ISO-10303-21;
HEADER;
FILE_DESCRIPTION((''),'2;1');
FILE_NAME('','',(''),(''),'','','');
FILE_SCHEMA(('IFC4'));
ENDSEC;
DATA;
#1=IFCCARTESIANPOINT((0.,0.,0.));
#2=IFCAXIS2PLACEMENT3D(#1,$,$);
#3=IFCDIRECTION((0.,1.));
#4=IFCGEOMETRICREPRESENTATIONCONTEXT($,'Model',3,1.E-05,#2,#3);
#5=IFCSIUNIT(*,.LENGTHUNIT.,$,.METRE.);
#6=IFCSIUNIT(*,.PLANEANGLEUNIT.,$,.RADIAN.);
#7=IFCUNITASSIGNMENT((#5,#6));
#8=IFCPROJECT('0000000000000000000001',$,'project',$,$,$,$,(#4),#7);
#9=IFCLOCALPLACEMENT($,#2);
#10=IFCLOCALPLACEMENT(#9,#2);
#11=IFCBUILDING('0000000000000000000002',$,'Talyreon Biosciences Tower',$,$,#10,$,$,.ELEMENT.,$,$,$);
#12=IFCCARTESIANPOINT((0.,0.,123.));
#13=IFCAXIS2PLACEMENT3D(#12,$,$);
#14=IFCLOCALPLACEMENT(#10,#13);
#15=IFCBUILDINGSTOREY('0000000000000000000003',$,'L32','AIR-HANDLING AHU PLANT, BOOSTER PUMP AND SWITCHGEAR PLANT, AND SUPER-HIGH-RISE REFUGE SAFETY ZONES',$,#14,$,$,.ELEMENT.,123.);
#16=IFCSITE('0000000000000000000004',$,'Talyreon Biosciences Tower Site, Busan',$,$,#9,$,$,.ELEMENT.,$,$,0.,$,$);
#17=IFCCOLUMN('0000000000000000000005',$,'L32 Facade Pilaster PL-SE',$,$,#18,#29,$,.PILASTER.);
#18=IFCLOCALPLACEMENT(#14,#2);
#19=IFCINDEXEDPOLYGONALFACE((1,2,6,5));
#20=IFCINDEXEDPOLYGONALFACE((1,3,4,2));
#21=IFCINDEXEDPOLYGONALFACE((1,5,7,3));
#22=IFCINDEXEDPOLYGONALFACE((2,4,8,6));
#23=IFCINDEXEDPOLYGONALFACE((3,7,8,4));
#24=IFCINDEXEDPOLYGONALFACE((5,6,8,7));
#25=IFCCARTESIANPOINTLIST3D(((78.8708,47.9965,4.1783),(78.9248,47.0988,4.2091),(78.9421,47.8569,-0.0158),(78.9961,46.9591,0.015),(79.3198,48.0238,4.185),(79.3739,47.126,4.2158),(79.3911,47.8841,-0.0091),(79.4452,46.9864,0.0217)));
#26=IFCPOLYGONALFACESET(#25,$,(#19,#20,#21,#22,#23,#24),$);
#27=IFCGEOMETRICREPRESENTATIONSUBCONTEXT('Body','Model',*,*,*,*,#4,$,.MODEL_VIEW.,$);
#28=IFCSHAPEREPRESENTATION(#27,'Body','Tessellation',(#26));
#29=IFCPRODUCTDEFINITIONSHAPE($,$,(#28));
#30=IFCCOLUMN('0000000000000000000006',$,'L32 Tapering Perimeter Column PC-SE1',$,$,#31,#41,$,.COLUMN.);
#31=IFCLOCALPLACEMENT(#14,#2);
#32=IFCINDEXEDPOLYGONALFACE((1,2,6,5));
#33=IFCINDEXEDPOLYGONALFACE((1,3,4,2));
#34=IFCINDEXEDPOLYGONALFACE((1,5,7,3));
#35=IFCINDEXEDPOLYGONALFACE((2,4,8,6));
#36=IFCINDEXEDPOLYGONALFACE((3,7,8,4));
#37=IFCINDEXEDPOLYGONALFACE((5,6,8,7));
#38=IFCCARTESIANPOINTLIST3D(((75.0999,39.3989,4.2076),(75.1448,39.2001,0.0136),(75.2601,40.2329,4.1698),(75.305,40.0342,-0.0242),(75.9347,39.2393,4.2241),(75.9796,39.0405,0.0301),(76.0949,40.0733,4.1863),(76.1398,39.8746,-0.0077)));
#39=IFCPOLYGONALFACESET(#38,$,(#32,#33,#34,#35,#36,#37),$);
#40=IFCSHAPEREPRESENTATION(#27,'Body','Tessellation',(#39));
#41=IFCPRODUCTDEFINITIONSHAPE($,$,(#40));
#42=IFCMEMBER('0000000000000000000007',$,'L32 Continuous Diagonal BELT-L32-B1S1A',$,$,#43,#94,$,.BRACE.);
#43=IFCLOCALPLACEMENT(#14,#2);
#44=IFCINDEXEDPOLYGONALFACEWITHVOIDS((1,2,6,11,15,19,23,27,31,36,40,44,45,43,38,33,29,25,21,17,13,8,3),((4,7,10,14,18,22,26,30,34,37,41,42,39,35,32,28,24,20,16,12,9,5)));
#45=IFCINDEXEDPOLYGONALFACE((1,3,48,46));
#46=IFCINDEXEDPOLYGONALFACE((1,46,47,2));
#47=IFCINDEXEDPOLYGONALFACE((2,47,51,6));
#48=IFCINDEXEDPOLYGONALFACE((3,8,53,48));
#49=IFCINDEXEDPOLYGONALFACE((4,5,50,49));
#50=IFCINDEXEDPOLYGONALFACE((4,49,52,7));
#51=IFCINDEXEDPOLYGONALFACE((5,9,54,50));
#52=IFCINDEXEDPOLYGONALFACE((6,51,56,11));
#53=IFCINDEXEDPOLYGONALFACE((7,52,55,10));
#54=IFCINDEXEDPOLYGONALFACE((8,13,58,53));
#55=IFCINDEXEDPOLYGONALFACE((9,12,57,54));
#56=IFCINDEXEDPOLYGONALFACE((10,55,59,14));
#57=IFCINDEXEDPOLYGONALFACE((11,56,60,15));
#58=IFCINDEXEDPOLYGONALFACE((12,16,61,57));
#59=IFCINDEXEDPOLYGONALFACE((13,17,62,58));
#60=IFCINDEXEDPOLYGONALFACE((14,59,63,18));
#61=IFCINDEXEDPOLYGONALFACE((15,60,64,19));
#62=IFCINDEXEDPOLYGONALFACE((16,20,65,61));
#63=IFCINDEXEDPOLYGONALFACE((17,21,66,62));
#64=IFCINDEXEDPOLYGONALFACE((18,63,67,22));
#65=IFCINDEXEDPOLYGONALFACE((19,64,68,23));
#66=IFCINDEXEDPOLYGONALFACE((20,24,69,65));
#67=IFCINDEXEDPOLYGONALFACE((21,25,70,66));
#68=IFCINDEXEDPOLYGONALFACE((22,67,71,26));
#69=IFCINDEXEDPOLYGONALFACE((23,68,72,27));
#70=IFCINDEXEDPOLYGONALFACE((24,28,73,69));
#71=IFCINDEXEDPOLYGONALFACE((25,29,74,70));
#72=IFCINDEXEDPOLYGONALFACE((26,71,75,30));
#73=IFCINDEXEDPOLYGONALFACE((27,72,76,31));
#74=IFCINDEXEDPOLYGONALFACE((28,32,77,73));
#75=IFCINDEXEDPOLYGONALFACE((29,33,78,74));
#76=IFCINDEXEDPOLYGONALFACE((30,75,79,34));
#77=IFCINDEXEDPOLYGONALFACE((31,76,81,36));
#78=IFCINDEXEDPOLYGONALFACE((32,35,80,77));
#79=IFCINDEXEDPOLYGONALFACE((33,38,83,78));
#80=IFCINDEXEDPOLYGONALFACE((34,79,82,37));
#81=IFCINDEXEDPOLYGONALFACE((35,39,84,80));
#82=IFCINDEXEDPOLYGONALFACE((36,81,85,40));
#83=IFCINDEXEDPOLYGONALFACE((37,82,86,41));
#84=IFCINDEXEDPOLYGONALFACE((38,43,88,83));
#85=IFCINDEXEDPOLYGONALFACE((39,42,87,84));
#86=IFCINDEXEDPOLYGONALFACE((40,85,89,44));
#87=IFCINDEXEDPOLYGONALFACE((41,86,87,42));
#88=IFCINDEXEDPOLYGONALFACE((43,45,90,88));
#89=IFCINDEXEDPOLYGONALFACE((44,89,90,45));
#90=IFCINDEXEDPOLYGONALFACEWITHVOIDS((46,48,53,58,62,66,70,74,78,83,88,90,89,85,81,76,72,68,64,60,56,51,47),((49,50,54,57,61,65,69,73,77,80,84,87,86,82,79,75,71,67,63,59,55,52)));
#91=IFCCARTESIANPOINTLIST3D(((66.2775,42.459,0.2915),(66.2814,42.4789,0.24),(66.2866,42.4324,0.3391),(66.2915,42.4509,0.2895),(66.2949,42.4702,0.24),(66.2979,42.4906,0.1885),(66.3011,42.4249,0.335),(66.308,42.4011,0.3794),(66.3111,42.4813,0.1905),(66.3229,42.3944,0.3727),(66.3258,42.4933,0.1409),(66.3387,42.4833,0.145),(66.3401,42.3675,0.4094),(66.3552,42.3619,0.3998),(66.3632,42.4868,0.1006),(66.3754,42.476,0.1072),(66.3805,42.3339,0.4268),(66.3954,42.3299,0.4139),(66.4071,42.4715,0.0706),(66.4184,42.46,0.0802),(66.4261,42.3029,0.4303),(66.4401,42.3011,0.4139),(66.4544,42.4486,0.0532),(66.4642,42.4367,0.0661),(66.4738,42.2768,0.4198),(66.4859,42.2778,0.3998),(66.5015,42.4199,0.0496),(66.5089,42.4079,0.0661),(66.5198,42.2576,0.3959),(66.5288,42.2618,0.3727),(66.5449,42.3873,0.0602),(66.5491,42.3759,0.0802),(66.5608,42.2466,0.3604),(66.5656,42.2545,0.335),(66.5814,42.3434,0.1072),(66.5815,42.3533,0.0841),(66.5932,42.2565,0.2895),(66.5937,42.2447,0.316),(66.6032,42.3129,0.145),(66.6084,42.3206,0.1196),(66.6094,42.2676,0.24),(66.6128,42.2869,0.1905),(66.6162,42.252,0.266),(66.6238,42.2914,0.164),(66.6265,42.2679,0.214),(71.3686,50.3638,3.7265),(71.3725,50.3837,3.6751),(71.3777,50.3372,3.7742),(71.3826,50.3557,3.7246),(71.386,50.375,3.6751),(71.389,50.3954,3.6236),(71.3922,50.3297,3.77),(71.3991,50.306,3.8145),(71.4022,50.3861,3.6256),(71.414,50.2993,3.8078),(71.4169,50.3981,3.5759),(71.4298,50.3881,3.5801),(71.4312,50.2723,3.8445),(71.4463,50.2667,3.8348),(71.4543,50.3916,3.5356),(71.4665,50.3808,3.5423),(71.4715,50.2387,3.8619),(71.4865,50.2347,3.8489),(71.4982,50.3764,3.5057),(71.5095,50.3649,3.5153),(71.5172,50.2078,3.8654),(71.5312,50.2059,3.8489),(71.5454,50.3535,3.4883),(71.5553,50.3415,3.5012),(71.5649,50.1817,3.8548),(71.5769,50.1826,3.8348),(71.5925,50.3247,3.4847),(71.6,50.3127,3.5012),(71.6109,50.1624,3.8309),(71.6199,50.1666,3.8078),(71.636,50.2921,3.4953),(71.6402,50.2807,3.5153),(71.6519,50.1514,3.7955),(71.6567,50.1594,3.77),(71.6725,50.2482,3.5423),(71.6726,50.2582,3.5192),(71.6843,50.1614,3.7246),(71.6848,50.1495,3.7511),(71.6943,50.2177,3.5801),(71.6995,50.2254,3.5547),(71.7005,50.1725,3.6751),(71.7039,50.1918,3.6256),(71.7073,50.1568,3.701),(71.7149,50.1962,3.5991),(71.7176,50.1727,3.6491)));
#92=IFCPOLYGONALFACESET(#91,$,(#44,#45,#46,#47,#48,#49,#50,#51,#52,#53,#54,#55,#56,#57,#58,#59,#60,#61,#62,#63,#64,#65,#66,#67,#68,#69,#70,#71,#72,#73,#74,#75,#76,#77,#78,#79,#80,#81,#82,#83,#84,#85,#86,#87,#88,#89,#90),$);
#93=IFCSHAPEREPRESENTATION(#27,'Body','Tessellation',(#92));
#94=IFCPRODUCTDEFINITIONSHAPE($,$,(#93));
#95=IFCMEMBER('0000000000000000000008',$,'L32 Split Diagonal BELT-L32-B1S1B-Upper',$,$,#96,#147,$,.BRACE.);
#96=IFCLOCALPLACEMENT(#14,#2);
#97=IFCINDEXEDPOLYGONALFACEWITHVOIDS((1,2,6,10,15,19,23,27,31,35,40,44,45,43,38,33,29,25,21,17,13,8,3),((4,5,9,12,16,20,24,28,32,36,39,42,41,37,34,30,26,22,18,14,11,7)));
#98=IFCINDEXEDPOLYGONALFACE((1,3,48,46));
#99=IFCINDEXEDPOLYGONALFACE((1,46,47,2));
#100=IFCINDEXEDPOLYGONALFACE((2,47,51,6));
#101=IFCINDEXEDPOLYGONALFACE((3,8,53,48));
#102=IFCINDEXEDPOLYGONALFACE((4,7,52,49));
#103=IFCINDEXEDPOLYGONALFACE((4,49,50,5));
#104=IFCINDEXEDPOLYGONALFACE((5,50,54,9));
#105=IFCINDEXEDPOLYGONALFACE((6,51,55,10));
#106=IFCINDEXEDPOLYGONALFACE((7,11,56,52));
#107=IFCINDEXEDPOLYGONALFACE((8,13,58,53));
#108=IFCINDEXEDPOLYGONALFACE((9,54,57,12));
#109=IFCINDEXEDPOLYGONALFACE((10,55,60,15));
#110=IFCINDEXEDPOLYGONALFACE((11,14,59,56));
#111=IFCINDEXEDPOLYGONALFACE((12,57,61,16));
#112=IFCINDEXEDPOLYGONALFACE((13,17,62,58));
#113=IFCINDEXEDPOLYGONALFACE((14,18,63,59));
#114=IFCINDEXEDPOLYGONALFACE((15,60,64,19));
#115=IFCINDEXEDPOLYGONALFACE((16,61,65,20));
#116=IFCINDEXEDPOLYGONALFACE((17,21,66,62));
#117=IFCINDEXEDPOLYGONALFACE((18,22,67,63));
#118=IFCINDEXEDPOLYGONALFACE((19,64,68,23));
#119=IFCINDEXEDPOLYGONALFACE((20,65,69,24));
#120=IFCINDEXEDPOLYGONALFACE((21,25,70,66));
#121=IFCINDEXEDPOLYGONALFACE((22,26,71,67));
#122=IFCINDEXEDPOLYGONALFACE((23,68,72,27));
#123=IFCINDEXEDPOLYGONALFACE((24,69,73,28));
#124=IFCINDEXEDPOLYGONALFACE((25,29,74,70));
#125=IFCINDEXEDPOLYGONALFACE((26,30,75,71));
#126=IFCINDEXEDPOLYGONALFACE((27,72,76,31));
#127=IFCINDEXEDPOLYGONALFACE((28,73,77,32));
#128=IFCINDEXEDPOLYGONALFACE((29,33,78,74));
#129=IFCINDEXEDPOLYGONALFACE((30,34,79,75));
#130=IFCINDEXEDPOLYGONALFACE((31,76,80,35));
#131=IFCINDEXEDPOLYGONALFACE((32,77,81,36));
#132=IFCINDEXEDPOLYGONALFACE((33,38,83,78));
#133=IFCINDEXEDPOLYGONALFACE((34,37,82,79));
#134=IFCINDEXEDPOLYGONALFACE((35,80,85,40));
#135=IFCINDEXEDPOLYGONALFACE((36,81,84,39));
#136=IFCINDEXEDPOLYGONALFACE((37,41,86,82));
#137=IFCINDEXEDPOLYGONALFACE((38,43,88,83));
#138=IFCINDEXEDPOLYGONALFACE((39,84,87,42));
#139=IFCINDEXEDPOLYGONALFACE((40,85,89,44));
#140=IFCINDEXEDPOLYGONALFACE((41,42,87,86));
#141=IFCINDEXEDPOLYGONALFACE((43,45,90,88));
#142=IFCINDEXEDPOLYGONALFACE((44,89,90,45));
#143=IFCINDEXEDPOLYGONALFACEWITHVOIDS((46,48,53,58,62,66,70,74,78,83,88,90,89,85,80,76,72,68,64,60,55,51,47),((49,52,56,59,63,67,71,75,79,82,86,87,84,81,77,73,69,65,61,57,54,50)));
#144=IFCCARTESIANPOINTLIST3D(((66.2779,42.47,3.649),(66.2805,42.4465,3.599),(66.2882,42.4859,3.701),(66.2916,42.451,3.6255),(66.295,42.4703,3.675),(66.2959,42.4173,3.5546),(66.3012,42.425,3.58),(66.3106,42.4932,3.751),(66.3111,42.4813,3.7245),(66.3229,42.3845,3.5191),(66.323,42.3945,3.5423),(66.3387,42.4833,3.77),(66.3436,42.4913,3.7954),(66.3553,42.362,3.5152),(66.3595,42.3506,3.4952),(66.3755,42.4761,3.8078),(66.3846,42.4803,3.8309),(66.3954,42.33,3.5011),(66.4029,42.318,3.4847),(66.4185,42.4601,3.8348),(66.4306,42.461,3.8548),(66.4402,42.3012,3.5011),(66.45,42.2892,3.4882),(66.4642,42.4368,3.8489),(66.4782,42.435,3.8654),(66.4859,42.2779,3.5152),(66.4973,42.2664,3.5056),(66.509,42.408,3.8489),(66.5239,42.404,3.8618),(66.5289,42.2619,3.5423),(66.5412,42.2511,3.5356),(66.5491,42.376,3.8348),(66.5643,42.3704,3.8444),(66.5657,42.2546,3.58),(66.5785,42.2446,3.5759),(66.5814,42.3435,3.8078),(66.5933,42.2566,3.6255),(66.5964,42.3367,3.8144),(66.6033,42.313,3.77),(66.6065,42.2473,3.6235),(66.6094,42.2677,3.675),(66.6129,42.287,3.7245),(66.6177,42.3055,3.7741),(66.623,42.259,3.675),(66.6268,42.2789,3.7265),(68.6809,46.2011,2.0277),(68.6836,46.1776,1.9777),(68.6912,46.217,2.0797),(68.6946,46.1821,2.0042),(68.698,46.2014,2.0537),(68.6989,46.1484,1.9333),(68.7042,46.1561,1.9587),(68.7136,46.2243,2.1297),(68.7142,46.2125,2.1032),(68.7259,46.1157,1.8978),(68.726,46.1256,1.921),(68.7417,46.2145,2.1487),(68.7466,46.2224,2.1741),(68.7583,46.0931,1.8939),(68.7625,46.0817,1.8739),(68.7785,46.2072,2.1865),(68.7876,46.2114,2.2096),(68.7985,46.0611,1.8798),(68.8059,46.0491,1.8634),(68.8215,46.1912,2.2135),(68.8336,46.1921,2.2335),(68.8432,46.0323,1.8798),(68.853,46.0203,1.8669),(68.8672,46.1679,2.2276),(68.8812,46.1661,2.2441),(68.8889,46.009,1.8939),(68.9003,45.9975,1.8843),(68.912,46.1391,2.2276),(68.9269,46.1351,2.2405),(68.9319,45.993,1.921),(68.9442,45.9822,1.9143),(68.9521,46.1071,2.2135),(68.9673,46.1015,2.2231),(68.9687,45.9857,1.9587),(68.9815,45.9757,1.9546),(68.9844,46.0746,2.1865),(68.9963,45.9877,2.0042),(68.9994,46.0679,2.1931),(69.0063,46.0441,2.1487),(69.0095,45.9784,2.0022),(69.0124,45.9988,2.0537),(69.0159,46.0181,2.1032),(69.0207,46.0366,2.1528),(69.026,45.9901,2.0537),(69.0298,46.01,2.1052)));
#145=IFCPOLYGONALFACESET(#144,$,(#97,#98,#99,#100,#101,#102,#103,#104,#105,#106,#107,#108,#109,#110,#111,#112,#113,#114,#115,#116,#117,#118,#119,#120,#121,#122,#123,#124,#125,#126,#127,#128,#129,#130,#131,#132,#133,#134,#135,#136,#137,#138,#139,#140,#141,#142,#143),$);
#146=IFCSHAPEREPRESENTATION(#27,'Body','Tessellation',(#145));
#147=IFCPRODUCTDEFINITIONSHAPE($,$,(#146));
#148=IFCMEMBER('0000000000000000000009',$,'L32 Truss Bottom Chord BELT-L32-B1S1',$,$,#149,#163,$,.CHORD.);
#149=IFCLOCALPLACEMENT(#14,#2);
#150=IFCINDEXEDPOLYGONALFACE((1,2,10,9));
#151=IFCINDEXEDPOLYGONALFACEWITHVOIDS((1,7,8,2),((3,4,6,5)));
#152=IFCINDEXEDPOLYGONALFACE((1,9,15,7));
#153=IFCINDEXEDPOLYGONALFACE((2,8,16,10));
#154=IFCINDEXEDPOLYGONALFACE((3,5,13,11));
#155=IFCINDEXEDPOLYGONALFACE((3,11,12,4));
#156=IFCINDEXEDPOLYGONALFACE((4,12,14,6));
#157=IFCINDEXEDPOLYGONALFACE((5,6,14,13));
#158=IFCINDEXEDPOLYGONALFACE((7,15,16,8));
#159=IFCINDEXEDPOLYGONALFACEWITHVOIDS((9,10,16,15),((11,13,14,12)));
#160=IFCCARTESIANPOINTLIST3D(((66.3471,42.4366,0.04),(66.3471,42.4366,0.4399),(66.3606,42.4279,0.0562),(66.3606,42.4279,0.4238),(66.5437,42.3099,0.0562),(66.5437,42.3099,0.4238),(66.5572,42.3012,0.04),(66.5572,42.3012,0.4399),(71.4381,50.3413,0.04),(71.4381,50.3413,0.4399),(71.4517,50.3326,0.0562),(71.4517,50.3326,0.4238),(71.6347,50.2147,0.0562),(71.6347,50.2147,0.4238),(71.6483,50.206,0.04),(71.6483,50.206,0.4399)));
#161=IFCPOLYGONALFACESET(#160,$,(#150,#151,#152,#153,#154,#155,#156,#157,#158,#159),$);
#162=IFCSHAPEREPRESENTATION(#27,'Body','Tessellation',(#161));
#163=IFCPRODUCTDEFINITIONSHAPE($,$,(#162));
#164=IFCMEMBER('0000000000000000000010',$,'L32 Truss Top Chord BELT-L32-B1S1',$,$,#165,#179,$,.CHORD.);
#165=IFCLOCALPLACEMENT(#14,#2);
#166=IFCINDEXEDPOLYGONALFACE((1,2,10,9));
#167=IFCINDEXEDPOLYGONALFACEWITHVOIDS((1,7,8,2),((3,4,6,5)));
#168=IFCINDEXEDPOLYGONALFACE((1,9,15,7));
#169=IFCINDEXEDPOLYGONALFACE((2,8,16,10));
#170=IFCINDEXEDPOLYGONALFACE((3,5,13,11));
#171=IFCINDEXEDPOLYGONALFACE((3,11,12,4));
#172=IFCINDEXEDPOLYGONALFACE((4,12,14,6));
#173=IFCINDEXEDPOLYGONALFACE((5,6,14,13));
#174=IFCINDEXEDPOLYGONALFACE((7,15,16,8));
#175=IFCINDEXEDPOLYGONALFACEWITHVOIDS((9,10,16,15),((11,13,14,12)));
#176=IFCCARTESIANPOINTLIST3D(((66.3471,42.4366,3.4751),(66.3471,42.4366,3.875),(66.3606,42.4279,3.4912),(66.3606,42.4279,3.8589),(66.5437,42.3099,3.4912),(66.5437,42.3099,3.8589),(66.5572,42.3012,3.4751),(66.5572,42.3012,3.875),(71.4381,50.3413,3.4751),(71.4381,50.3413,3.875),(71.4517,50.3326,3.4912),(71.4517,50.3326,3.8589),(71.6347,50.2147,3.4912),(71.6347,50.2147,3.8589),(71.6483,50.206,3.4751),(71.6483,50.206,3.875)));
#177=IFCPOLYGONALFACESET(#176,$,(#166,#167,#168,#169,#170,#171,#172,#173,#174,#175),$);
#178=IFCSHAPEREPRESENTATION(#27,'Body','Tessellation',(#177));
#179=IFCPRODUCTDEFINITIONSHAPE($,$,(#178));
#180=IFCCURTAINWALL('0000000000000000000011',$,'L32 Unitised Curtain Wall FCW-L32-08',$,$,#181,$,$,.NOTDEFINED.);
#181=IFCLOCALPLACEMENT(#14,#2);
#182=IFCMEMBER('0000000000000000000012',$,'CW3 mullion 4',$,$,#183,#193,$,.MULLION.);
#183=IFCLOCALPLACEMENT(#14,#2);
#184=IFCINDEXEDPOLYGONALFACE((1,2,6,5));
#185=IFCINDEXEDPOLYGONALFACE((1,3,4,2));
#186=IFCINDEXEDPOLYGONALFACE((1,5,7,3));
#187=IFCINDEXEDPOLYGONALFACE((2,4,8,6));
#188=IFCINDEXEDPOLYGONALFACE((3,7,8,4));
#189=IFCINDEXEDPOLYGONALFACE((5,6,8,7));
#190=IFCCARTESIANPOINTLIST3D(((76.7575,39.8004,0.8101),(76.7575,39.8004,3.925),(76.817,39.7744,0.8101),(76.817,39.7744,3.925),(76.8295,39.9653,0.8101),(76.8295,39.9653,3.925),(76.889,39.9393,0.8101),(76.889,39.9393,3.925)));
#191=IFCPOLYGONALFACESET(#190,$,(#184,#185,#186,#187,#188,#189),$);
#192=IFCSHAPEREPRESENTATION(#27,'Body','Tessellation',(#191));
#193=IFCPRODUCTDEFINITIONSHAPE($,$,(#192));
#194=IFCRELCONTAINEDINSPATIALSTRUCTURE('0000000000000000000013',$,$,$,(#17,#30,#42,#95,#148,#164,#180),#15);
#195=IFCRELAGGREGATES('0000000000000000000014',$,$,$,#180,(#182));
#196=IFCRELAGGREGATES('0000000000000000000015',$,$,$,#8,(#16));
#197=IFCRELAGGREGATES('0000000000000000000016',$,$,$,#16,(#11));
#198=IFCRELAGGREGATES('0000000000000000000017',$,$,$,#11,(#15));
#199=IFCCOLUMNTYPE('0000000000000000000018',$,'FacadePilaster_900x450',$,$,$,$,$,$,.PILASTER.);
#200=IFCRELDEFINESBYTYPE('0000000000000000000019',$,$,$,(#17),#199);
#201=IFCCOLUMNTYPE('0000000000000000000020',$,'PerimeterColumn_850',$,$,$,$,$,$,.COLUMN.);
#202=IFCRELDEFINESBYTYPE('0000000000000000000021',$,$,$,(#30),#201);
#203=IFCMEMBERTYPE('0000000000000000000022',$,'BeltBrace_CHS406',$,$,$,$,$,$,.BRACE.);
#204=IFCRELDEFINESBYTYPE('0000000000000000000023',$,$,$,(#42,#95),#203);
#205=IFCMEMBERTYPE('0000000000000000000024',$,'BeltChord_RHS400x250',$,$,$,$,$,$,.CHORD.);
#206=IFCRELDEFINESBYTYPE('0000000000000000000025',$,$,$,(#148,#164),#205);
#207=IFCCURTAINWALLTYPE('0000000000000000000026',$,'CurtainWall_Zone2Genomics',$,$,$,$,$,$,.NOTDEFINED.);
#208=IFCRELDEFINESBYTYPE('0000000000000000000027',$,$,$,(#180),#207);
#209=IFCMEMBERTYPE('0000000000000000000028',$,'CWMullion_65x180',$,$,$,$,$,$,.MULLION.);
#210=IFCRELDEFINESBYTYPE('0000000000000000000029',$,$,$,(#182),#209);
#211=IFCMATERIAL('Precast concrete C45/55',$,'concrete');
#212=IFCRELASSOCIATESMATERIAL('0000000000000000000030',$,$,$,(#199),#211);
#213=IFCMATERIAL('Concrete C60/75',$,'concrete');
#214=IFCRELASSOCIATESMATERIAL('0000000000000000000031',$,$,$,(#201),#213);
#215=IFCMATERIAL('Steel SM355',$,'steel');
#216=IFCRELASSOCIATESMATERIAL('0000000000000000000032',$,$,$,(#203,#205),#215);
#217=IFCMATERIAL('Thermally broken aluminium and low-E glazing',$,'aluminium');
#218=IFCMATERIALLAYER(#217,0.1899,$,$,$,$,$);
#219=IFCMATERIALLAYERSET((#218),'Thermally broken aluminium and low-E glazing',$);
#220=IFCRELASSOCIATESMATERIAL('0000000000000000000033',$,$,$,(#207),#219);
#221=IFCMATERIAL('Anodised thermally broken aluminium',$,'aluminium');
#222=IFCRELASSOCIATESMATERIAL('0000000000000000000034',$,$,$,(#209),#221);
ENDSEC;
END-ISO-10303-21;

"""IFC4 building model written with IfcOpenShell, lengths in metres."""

from ifc_helpers import new_model, si_unit, direction, frame, origin, origin_2d, place, context, subcontext, project, spatial, rectangle, hollow_rectangle, hollow_circle, extrude, material, layer, layer_set, material_profile, profile_set, type_object, element, aggregate, save


model = new_model("IFC4")

# Units and contexts
model_context = context("Model", 3, precision=1e-05, world=origin(), true_north=direction((0.0, 1.0)))
body_context = subcontext(model_context, "Body", "Model", "MODEL_VIEW")
ifc_project = project(units=[si_unit("LENGTHUNIT", "METRE"), si_unit("PLANEANGLEUNIT", "RADIAN")], contexts=[model_context])

# Site, building, storey
site_placement = place(None, origin())
site = spatial("IfcSite", under=ifc_project, at=site_placement, Name="Talyreon Biosciences Tower Site, Busan", CompositionType="ELEMENT", RefElevation=0.0)
building_placement = place(site_placement, origin())
building = spatial("IfcBuilding", under=site, at=building_placement, Name="Talyreon Biosciences Tower", CompositionType="ELEMENT")
storey_placement = place(building_placement, frame((0.0, 0.0, 123.0)))
storey = spatial("IfcBuildingStorey", under=building, at=storey_placement, Name="L32", Description="AIR-HANDLING AHU PLANT, BOOSTER PUMP AND SWITCHGEAR PLANT, AND SUPER-HIGH-RISE REFUGE SAFETY ZONES", CompositionType="ELEMENT", Elevation=123.0)

# Columns
ifc_material_1 = material(Name="Precast concrete C45/55", Category="concrete")
ifc_material_profile_1 = material_profile(ifc_material_1, rectangle(XDim=0.8999, YDim=0.45, at=origin_2d()), Name="RC 900x450")
ifc_profile_set_1 = profile_set([ifc_material_profile_1], Name="Precast concrete C45/55")
column_type_1 = type_object("IfcColumnType", Name="FacadePilaster_900x450", PredefinedType="PILASTER", material=ifc_profile_set_1)
column_1_placement = place(storey_placement, frame((79.1936, 47.4216, 0.0029), z_axis=(-0.016986, 0.033273, 0.999302), x_axis=(0.060041, -0.997609, 0.034237)))
element("IfcColumn", 1, at=column_1_placement, inside=storey, type_object=column_type_1, Name="L32 Facade Pilaster PL-SE", PredefinedType="PILASTER", context=body_context, shape_type="SweptSolid", body=[
    extrude(rectangle(XDim=0.8999, YDim=0.45, at=origin_2d()), origin(), (0.0, 0.0, 1.0), 4.197),
])
ifc_material_2 = material(Name="Concrete C60/75", Category="concrete")
ifc_material_profile_2 = material_profile(ifc_material_2, rectangle(XDim=0.8501, YDim=0.8501, at=origin_2d()), Name="RC 850x850")
ifc_profile_set_2 = profile_set([ifc_material_profile_2], Name="Concrete C60/75")
column_type_2 = type_object("IfcColumnType", Name="PerimeterColumn_850", PredefinedType="COLUMN", material=ifc_profile_set_2)
column_2_placement = place(storey_placement, frame((75.6423, 39.5374, 0.0029), z_axis=(-0.010698, 0.047328, 0.998822), x_axis=(-0.188437, -0.981078, 0.044469)))
element("IfcColumn", 2, at=column_2_placement, inside=storey, type_object=column_type_2, Name="L32 Tapering Perimeter Column PC-SE1", PredefinedType="COLUMN", context=body_context, shape_type="SweptSolid", body=[
    extrude(rectangle(XDim=0.8501, YDim=0.8501, at=origin_2d()), origin(), (0.0, 0.0, 1.0), 4.199),
])

# Members
ifc_material_3 = material(Name="Steel SM355", Category="steel")
ifc_material_profile_3 = material_profile(ifc_material_3, hollow_circle(Radius=0.2031, WallThickness=0.0161, at=origin_2d()), Name="CHS 406.4x16")
ifc_profile_set_3 = profile_set([ifc_material_profile_3], Name="Steel SM355")
member_type_1 = type_object("IfcMemberType", Name="BeltBrace_CHS406", PredefinedType="BRACE", material=ifc_profile_set_3)
member_1_placement = place(storey_placement, frame((66.4521, 42.3689, 0.24), z_axis=(0.508587, 0.789673, 0.343156), x_axis=(-0.840723, 0.541466, 0.0)))
element("IfcMember", 3, at=member_1_placement, inside=storey, type_object=member_type_1, Name="L32 Continuous Diagonal BELT-L32-B1S1A", PredefinedType="BRACE", context=body_context, shape_type="SweptSolid", body=[
    extrude(hollow_circle(Radius=0.2031, WallThickness=0.0161, at=origin_2d()), origin(), (0.0, 0.0, 1.0), 10.0103),
])
member_2_placement = place(storey_placement, frame((68.8552, 46.1001, 2.0537), z_axis=(-0.50859, -0.789677, 0.343142), x_axis=(0.840722, -0.541466, 0.0)))
element("IfcMember", 4, at=member_2_placement, inside=storey, type_object=member_type_1, Name="L32 Split Diagonal BELT-L32-B1S1B-Upper", PredefinedType="BRACE", context=body_context, shape_type="SweptSolid", body=[
    extrude(hollow_circle(Radius=0.2031, WallThickness=0.0161, at=origin_2d()), origin(), (0.0, 0.0, 1.0), 4.7249),
])
ifc_material_profile_4 = material_profile(ifc_material_3, hollow_rectangle(XDim=0.25, YDim=0.3999, WallThickness=0.0161, at=origin_2d()), Name="RHS 400x250x16")
ifc_profile_set_4 = profile_set([ifc_material_profile_4], Name="Steel SM355")
member_type_2 = type_object("IfcMemberType", Name="BeltChord_RHS400x250", PredefinedType="CHORD", material=ifc_profile_set_4)
for number, where, z_axis, x_axis, name in (
    (5, (66.4521, 42.3689, 0.24), (0.541466, 0.840723, 0.0), (-0.840723, 0.541466, 0.0), "L32 Truss Bottom Chord BELT-L32-B1S1"),
    (6, (66.4521, 42.3689, 3.675), (0.541466, 0.840723, 0.0), (-0.840723, 0.541466, 0.0), "L32 Truss Top Chord BELT-L32-B1S1"),
):
    element("IfcMember", number, at=place(storey_placement, frame(where, z_axis=z_axis, x_axis=x_axis)), inside=storey, type_object=member_type_2, Name=name, PredefinedType="CHORD", context=body_context, shape_type="SweptSolid", body=[
        extrude(hollow_rectangle(XDim=0.25, YDim=0.3999, WallThickness=0.0161, at=origin_2d()), origin(), (0.0, 0.0, 1.0), 9.4023),
    ])

# Curtain wall, member
ifc_material_4 = material(Name="Thermally broken aluminium and low-E glazing", Category="aluminium")
ifc_layer_1 = layer(ifc_material_4, 0.1899)
ifc_layer_set_1 = layer_set([ifc_layer_1], Name="Thermally broken aluminium and low-E glazing")
curtain_wall_type = type_object("IfcCurtainWallType", Name="CurtainWall_Zone2Genomics", PredefinedType="NOTDEFINED", material=ifc_layer_set_1)
curtain_wall_placement = place(storey_placement, origin())
curtain_wall = element("IfcCurtainWall", 7, at=curtain_wall_placement, inside=storey, type_object=curtain_wall_type, Name="L32 Unitised Curtain Wall FCW-L32-08", PredefinedType="NOTDEFINED")
ifc_material_5 = material(Name="Anodised thermally broken aluminium", Category="aluminium")
ifc_material_profile_5 = material_profile(ifc_material_5, rectangle(XDim=0.0649, YDim=0.1799, at=origin_2d()), Name="ALUM MULLION 65x180")
ifc_profile_set_5 = profile_set([ifc_material_profile_5], Name="Anodised thermally broken aluminium")
member_type_3 = type_object("IfcMemberType", Name="CWMullion_65x180", PredefinedType="MULLION", material=ifc_profile_set_5)
member_3_placement = place(storey_placement, frame((76.8232, 39.8699, 0.8101), z_axis=(0.0, 0.0, 1.0), x_axis=(0.91649, -0.400058, 0.0)))
member_3 = element("IfcMember", 8, at=member_3_placement, type_object=member_type_3, Name="CW3 mullion 4", PredefinedType="MULLION", context=body_context, shape_type="SweptSolid", body=[
    extrude(rectangle(XDim=0.0649, YDim=0.1799, at=origin_2d()), origin(), (0.0, 0.0, 1.0), 3.115),
])

aggregate(curtain_wall, [member_3])

save(model, "model.ifc")
